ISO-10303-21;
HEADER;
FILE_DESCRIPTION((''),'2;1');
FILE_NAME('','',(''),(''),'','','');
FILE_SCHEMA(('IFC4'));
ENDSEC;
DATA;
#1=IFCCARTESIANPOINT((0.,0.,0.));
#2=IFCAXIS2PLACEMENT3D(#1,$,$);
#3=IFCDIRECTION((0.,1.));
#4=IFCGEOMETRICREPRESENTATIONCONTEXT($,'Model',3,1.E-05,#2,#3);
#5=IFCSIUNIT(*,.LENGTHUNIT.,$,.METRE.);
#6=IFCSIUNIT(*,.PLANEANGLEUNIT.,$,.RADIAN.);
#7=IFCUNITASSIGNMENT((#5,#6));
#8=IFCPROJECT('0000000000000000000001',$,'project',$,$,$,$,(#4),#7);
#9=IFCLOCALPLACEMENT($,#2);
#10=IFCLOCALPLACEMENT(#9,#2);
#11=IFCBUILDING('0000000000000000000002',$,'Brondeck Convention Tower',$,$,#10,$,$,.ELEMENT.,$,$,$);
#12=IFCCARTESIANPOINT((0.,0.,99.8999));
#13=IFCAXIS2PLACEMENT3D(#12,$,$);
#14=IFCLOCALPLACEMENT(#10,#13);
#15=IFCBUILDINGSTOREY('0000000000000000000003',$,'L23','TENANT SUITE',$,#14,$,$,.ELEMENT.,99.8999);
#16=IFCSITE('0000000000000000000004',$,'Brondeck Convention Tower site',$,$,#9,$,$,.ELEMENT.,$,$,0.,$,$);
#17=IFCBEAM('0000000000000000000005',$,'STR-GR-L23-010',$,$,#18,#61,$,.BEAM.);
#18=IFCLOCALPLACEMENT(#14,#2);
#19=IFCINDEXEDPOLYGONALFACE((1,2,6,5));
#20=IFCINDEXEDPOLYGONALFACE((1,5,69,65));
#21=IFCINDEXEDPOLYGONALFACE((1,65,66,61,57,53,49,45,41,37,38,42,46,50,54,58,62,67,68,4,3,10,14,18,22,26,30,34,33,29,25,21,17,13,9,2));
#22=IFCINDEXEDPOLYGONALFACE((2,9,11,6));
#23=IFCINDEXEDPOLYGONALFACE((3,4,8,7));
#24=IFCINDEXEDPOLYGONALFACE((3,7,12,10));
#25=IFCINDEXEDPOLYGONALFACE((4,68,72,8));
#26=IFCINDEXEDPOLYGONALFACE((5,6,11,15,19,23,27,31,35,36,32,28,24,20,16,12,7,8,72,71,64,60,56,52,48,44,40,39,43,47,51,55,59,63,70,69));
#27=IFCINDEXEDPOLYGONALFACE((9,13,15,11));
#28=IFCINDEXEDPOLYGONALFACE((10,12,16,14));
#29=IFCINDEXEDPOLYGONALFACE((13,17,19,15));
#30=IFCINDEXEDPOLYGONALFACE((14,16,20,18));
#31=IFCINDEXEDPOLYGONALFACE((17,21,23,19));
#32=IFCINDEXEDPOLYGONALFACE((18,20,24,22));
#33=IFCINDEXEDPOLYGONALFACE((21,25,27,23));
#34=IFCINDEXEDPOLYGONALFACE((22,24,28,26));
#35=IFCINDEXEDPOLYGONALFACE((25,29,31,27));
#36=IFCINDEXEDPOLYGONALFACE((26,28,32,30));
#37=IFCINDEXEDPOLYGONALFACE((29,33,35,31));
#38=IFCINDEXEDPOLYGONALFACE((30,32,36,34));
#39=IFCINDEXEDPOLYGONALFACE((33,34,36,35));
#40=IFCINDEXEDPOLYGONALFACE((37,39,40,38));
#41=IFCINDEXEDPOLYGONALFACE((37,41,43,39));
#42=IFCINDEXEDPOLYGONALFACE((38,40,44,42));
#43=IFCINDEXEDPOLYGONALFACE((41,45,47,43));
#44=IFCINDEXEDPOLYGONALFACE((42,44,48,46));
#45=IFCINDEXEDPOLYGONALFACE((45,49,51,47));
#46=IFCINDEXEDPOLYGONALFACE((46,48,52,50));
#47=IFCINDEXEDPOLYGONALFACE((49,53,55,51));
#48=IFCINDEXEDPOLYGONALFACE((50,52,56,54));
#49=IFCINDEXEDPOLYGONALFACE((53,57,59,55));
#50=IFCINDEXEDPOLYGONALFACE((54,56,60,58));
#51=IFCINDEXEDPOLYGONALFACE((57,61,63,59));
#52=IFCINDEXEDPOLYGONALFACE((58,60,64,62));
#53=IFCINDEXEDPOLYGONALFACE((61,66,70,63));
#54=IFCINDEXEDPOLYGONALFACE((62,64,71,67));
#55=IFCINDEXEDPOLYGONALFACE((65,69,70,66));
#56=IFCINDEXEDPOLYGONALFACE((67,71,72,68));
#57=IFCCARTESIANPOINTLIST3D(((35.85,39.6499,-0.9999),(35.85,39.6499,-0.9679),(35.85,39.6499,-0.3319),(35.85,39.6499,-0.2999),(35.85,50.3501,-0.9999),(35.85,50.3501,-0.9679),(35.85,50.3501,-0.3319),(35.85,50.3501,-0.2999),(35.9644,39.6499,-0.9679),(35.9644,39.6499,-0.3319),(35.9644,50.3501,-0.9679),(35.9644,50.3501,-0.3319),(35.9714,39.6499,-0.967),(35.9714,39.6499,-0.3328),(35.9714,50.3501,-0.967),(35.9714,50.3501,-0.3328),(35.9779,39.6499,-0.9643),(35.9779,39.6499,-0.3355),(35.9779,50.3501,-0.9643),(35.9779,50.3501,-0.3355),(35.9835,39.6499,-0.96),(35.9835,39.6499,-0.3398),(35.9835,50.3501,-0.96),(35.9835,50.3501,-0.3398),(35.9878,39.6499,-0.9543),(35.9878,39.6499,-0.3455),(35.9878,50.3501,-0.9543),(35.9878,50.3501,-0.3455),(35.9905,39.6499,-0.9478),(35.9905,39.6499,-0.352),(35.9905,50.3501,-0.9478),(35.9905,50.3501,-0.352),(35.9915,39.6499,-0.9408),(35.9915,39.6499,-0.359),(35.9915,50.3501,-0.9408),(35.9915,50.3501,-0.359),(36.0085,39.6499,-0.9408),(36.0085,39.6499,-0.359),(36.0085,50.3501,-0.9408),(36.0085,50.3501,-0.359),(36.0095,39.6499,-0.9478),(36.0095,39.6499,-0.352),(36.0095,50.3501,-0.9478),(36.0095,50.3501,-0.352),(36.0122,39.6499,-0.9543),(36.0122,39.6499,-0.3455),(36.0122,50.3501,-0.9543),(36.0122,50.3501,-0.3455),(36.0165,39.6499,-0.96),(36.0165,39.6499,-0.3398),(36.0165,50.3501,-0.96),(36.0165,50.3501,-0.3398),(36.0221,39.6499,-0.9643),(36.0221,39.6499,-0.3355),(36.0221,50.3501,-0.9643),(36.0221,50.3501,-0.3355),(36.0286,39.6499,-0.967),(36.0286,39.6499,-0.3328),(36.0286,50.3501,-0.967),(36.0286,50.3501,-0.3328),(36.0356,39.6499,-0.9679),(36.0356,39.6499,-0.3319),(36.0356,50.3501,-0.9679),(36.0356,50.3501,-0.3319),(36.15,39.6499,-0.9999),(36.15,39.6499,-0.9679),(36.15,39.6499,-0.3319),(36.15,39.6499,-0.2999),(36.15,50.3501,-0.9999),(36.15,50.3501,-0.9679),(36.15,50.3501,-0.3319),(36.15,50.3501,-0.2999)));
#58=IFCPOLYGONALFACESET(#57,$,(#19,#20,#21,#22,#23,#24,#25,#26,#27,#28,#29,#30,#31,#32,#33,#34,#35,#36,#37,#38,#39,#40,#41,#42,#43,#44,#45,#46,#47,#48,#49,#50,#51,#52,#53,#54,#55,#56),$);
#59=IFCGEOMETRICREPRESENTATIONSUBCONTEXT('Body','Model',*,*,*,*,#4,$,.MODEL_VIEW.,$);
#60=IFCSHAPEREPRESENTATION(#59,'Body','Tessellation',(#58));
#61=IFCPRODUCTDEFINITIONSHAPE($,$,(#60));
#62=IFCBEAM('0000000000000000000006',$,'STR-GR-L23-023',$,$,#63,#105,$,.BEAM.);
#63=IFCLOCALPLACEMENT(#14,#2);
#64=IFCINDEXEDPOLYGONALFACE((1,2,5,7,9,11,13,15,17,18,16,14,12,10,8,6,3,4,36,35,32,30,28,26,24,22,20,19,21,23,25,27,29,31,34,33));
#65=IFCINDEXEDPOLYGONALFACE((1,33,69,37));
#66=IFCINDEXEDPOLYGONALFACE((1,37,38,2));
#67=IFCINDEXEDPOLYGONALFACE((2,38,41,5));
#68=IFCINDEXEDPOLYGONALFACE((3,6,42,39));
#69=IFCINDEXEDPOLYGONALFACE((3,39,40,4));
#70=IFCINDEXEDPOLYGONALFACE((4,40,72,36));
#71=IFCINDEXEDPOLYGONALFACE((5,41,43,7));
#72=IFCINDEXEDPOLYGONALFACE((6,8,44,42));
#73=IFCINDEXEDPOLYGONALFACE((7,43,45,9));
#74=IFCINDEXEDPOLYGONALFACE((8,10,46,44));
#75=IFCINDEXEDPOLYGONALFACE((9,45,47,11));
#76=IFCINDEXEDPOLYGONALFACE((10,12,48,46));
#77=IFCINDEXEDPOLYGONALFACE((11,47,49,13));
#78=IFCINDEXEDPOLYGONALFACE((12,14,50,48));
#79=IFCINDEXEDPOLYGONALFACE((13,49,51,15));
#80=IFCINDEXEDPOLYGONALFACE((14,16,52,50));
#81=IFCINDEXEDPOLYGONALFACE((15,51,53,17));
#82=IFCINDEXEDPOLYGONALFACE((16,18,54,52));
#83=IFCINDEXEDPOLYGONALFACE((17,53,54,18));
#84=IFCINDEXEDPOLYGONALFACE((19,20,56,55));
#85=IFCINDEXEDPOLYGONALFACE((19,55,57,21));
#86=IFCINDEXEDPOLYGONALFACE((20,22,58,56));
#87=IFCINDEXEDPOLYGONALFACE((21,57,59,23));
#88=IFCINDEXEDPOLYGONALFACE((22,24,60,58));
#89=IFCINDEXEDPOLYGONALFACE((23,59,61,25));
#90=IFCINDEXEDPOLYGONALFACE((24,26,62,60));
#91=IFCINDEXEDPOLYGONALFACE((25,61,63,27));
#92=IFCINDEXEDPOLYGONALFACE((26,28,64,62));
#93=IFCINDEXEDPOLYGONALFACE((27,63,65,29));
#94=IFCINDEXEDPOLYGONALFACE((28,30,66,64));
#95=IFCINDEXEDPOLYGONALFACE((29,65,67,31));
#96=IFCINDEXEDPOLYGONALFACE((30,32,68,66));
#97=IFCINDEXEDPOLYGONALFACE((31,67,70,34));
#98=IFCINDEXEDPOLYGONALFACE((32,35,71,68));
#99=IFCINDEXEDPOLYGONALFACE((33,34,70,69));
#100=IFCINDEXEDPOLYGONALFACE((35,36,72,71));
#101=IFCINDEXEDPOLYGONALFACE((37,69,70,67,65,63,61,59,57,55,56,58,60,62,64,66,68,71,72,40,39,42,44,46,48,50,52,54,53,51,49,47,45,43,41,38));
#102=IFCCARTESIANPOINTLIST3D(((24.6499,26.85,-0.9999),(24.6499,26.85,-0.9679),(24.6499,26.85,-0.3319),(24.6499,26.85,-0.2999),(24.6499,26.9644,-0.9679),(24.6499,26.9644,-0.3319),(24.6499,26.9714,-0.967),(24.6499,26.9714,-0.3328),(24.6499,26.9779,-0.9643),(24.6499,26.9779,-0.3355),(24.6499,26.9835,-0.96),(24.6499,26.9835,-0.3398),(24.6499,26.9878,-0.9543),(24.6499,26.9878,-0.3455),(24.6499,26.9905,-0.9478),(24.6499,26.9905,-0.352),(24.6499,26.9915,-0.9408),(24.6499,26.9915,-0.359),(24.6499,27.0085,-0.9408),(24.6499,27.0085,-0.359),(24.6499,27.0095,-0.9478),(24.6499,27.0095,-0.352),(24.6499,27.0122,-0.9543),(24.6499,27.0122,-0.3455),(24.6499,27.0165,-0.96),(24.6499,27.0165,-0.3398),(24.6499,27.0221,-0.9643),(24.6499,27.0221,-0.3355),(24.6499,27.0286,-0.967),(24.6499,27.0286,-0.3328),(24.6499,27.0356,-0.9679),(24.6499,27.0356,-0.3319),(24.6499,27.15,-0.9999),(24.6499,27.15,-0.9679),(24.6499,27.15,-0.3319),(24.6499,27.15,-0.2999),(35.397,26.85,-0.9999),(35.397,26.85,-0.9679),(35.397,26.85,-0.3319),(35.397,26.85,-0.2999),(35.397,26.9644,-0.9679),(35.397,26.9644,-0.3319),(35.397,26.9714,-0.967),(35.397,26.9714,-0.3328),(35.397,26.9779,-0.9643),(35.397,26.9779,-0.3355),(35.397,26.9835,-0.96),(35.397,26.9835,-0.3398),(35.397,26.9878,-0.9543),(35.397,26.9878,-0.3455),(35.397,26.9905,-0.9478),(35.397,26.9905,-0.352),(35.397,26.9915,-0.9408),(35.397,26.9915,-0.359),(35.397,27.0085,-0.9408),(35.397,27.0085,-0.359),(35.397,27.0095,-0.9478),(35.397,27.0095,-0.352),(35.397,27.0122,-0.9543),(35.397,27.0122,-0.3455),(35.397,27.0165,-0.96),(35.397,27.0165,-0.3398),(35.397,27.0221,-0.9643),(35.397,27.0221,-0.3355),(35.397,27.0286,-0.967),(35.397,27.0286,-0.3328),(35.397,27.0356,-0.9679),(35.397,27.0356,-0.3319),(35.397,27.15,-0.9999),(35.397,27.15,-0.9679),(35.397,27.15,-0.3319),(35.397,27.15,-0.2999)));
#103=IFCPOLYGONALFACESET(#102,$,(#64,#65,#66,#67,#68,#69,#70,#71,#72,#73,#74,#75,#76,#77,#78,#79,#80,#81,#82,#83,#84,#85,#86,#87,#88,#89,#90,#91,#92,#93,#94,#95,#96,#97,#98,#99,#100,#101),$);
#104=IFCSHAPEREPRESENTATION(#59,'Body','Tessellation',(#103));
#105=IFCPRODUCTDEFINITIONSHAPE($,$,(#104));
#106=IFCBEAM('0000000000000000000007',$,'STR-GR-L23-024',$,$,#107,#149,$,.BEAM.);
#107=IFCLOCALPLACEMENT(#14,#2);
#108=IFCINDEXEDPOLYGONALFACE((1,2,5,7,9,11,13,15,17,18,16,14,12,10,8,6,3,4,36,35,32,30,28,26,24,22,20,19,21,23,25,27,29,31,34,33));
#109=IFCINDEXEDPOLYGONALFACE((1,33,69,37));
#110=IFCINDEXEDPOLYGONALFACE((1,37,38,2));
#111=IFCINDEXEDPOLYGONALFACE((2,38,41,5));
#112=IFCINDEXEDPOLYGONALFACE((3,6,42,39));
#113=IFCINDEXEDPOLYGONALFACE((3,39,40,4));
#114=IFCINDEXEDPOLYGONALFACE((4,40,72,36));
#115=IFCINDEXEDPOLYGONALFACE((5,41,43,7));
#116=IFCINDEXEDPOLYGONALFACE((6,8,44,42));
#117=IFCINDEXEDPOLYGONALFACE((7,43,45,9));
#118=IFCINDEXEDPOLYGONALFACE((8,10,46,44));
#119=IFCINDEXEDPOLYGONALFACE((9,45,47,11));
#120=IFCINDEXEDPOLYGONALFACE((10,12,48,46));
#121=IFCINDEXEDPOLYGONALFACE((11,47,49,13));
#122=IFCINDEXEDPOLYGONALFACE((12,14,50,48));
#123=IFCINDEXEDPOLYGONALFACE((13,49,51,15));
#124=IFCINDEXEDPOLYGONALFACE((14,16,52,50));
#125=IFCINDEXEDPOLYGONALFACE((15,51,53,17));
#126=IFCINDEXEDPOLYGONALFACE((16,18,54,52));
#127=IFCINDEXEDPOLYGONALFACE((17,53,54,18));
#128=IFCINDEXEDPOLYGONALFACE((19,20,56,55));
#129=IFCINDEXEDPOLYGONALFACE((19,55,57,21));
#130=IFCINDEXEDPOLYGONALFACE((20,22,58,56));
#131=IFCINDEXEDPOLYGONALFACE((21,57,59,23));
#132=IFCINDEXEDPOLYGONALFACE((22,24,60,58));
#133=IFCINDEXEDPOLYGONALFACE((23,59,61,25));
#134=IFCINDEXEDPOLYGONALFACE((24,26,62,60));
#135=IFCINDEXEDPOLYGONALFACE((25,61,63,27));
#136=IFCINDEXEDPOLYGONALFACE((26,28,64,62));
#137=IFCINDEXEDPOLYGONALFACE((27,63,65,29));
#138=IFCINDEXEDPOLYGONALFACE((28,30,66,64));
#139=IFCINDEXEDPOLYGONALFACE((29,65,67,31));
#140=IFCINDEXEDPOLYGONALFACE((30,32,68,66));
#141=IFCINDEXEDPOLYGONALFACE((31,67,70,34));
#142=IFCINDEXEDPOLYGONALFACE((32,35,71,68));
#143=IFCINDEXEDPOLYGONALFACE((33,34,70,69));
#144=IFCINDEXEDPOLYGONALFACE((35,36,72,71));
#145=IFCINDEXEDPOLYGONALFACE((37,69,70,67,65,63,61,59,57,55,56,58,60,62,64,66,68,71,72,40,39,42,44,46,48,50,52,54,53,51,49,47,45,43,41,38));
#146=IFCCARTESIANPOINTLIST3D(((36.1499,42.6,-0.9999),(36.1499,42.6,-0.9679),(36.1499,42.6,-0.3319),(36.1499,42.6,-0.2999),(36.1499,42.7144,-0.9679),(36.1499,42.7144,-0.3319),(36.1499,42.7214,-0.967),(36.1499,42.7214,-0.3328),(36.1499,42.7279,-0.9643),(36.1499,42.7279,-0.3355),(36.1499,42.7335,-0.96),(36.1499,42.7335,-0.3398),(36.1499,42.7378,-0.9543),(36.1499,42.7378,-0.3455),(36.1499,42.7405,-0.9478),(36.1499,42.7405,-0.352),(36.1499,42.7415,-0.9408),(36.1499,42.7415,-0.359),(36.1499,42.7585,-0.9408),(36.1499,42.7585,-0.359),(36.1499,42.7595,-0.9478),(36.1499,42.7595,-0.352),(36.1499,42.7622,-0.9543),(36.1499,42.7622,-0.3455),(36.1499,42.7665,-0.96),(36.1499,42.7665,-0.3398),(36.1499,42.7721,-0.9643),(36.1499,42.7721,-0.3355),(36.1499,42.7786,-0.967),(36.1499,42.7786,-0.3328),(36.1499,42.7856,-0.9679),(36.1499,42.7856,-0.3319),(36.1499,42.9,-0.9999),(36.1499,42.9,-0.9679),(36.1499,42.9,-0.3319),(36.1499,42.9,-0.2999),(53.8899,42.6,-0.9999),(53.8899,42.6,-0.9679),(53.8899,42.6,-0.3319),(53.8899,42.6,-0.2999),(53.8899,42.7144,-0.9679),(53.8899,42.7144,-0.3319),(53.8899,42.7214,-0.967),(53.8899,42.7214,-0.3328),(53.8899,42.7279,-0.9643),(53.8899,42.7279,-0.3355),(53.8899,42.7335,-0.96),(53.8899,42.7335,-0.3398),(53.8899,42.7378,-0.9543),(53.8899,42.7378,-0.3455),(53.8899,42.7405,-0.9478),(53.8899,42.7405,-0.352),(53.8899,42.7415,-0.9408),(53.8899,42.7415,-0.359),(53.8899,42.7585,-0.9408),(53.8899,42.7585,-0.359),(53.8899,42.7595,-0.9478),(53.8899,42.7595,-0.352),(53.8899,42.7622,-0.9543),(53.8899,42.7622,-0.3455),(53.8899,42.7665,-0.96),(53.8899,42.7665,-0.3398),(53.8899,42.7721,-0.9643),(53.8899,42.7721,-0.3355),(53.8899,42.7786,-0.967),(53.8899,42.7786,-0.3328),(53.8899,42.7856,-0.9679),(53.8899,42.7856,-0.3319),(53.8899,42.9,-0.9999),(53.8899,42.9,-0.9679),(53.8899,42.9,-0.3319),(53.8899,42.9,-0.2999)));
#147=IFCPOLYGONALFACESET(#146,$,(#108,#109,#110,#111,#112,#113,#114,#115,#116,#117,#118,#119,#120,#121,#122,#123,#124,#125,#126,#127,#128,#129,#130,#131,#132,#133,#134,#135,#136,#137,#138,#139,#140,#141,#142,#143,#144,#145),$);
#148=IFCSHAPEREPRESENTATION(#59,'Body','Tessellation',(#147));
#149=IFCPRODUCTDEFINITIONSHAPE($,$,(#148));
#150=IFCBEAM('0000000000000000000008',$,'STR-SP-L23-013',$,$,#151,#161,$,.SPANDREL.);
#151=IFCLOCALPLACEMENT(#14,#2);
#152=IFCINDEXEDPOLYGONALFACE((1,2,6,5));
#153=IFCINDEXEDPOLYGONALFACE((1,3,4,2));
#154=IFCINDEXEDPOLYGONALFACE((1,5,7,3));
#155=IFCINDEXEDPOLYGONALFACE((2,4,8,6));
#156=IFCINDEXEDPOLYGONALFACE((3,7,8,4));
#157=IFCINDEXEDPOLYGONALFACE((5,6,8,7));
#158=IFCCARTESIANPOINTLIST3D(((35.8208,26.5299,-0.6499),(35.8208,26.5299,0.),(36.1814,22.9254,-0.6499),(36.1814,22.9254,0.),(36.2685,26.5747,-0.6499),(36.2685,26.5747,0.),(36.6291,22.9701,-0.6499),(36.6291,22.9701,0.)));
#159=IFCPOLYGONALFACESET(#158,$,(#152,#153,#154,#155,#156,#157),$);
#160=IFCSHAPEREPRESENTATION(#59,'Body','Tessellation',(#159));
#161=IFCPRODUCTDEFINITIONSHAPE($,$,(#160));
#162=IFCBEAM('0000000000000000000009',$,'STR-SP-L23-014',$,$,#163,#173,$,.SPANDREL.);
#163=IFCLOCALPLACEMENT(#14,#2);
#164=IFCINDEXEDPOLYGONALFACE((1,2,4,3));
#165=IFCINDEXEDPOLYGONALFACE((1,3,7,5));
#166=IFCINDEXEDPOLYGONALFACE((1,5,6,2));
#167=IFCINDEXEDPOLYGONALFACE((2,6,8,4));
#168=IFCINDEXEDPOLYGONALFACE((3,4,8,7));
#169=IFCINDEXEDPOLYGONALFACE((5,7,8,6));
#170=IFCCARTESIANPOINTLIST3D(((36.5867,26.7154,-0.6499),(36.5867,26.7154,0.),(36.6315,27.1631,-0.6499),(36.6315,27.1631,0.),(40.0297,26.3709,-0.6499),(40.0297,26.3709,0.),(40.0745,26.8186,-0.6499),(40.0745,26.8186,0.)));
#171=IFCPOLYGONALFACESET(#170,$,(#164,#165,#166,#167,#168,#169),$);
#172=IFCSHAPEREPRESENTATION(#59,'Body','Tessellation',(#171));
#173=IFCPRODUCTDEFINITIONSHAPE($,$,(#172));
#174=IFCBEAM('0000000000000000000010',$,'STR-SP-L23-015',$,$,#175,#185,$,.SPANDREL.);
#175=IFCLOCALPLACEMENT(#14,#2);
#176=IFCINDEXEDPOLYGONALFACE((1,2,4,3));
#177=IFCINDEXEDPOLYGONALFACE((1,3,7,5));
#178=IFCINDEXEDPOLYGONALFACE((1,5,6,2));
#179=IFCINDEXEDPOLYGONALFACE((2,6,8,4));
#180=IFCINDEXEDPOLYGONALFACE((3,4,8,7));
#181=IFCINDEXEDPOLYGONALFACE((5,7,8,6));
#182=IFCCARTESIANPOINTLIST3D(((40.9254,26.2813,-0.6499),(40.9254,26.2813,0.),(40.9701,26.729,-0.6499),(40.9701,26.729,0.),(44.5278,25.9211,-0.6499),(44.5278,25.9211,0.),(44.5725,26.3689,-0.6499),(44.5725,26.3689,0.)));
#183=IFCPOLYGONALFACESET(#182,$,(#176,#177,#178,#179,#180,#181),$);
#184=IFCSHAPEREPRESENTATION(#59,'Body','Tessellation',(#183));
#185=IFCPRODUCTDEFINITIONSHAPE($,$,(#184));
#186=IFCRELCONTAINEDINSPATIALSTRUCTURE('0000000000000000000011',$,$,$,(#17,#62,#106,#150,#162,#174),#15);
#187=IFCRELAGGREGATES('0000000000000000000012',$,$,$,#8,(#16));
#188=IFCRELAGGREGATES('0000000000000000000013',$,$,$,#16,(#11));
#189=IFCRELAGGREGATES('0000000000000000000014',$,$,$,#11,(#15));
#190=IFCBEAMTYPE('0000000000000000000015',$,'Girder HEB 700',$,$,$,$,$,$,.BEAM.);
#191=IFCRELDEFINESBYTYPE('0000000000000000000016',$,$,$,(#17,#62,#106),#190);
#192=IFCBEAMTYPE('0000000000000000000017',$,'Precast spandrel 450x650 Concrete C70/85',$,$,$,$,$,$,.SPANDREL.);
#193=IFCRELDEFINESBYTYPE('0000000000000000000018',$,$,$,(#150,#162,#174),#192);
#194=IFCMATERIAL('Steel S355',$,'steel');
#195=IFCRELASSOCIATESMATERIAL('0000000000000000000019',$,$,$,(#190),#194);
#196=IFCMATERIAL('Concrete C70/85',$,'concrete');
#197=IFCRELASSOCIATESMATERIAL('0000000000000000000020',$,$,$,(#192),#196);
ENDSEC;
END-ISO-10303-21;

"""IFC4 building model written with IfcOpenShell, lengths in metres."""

from ifc_helpers import new_model, si_unit, direction, frame, origin, origin_2d, place, context, subcontext, project, spatial, rectangle, i_section, extrude, material, material_profile, profile_set, type_object, element, save


model = new_model("IFC4")

# Units and contexts
model_context = context("Model", 3, precision=1e-05, world=origin(), true_north=direction((0.0, 1.0)))
body_context = subcontext(model_context, "Body", "Model", "MODEL_VIEW")
ifc_project = project(units=[si_unit("LENGTHUNIT", "METRE"), si_unit("PLANEANGLEUNIT", "RADIAN")], contexts=[model_context])

# Site, building, storey
site_placement = place(None, origin())
site = spatial("IfcSite", under=ifc_project, at=site_placement, Name="Brondeck Convention Tower site", CompositionType="ELEMENT", RefElevation=0.0)
building_placement = place(site_placement, origin())
building = spatial("IfcBuilding", under=site, at=building_placement, Name="Brondeck Convention Tower", CompositionType="ELEMENT")
storey_placement = place(building_placement, frame((0.0, 0.0, 99.8999)))
storey = spatial("IfcBuildingStorey", under=building, at=storey_placement, Name="L23", Description="TENANT SUITE", CompositionType="ELEMENT", Elevation=99.8999)

# Shared definitions
ifc_material_1 = material(Name="Concrete C70/85", Category="concrete")

# Beams
ifc_material_2 = material(Name="Steel S355", Category="steel")
ifc_material_profile_1 = material_profile(ifc_material_2, i_section(OverallWidth=0.3, OverallDepth=0.7, WebThickness=0.0171, FlangeThickness=0.032, FilletRadius=0.0271, at=origin_2d()), Name="HEB 700")
ifc_profile_set_1 = profile_set([ifc_material_profile_1], Name="Steel S355")
beam_type_1 = type_object("IfcBeamType", Name="Girder HEB 700", PredefinedType="BEAM", material=ifc_profile_set_1)
beam_1_placement = place(storey_placement, frame((36.0, 39.6499, -0.6499), z_axis=(0.0, 1.0, 0.0), x_axis=(-1.0, 0.0, 0.0)))
element("IfcBeam", 1, at=beam_1_placement, inside=storey, type_object=beam_type_1, Name="STR-GR-L23-010", PredefinedType="BEAM", context=body_context, shape_type="SweptSolid", body=[
    extrude(i_section(OverallWidth=0.3, OverallDepth=0.7, WebThickness=0.0171, FlangeThickness=0.032, FilletRadius=0.0271, at=origin_2d()), origin(), (0.0, 0.0, 1.0), 10.7002),
])
beam_2_placement = place(storey_placement, frame((24.6499, 27.0, -0.6499), z_axis=(1.0, 0.0, 0.0), x_axis=(0.0, 1.0, 0.0)))
element("IfcBeam", 2, at=beam_2_placement, inside=storey, type_object=beam_type_1, Name="STR-GR-L23-023", PredefinedType="BEAM", context=body_context, shape_type="SweptSolid", body=[
    extrude(i_section(OverallWidth=0.3, OverallDepth=0.7, WebThickness=0.0171, FlangeThickness=0.032, FilletRadius=0.0271, at=origin_2d()), origin(), (0.0, 0.0, 1.0), 10.7471),
])
beam_3_placement = place(storey_placement, frame((36.1499, 42.75, -0.6499), z_axis=(1.0, 0.0, 0.0), x_axis=(0.0, 1.0, 0.0)))
element("IfcBeam", 3, at=beam_3_placement, inside=storey, type_object=beam_type_1, Name="STR-GR-L23-024", PredefinedType="BEAM", context=body_context, shape_type="SweptSolid", body=[
    extrude(i_section(OverallWidth=0.3, OverallDepth=0.7, WebThickness=0.0171, FlangeThickness=0.032, FilletRadius=0.0271, at=origin_2d()), origin(), (0.0, 0.0, 1.0), 17.74),
])
ifc_material_profile_2 = material_profile(ifc_material_1, rectangle(XDim=0.45, YDim=0.6499, at=origin_2d()), Name="Precast spandrel 450x650 Concrete C70/85")
ifc_profile_set_2 = profile_set([ifc_material_profile_2], Name="Concrete C70/85")
beam_type_2 = type_object("IfcBeamType", Name="Precast spandrel 450x650 Concrete C70/85", PredefinedType="SPANDREL", material=ifc_profile_set_2)
beam_4_placement = place(storey_placement, frame((36.4053, 22.9478, -0.325), z_axis=(-0.099544, 0.995033, 0.0), x_axis=(-0.995033, -0.099544, 0.0)))
element("IfcBeam", 4, at=beam_4_placement, inside=storey, type_object=beam_type_2, Name="STR-SP-L23-013", PredefinedType="SPANDREL", context=body_context, shape_type="SweptSolid", body=[
    extrude(rectangle(XDim=0.45, YDim=0.6499, at=origin_2d()), origin(), (0.0, 0.0, 1.0), 3.6226),
])
beam_5_placement = place(storey_placement, frame((36.6091, 26.9392, -0.325), z_axis=(0.995032, -0.099553, 0.0), x_axis=(0.099553, 0.995032, 0.0)))
element("IfcBeam", 5, at=beam_5_placement, inside=storey, type_object=beam_type_2, Name="STR-SP-L23-014", PredefinedType="SPANDREL", context=body_context, shape_type="SweptSolid", body=[
    extrude(rectangle(XDim=0.45, YDim=0.6499, at=origin_2d()), origin(), (0.0, 0.0, 1.0), 3.4602),
])
beam_6_placement = place(storey_placement, frame((40.9478, 26.5051, -0.325), z_axis=(0.995041, -0.09947, 0.0), x_axis=(0.09947, 0.995041, 0.0)))
element("IfcBeam", 6, at=beam_6_placement, inside=storey, type_object=beam_type_2, Name="STR-SP-L23-015", PredefinedType="SPANDREL", context=body_context, shape_type="SweptSolid", body=[
    extrude(rectangle(XDim=0.45, YDim=0.6499, at=origin_2d()), origin(), (0.0, 0.0, 1.0), 3.6204),
])

save(model, "model.ifc")
